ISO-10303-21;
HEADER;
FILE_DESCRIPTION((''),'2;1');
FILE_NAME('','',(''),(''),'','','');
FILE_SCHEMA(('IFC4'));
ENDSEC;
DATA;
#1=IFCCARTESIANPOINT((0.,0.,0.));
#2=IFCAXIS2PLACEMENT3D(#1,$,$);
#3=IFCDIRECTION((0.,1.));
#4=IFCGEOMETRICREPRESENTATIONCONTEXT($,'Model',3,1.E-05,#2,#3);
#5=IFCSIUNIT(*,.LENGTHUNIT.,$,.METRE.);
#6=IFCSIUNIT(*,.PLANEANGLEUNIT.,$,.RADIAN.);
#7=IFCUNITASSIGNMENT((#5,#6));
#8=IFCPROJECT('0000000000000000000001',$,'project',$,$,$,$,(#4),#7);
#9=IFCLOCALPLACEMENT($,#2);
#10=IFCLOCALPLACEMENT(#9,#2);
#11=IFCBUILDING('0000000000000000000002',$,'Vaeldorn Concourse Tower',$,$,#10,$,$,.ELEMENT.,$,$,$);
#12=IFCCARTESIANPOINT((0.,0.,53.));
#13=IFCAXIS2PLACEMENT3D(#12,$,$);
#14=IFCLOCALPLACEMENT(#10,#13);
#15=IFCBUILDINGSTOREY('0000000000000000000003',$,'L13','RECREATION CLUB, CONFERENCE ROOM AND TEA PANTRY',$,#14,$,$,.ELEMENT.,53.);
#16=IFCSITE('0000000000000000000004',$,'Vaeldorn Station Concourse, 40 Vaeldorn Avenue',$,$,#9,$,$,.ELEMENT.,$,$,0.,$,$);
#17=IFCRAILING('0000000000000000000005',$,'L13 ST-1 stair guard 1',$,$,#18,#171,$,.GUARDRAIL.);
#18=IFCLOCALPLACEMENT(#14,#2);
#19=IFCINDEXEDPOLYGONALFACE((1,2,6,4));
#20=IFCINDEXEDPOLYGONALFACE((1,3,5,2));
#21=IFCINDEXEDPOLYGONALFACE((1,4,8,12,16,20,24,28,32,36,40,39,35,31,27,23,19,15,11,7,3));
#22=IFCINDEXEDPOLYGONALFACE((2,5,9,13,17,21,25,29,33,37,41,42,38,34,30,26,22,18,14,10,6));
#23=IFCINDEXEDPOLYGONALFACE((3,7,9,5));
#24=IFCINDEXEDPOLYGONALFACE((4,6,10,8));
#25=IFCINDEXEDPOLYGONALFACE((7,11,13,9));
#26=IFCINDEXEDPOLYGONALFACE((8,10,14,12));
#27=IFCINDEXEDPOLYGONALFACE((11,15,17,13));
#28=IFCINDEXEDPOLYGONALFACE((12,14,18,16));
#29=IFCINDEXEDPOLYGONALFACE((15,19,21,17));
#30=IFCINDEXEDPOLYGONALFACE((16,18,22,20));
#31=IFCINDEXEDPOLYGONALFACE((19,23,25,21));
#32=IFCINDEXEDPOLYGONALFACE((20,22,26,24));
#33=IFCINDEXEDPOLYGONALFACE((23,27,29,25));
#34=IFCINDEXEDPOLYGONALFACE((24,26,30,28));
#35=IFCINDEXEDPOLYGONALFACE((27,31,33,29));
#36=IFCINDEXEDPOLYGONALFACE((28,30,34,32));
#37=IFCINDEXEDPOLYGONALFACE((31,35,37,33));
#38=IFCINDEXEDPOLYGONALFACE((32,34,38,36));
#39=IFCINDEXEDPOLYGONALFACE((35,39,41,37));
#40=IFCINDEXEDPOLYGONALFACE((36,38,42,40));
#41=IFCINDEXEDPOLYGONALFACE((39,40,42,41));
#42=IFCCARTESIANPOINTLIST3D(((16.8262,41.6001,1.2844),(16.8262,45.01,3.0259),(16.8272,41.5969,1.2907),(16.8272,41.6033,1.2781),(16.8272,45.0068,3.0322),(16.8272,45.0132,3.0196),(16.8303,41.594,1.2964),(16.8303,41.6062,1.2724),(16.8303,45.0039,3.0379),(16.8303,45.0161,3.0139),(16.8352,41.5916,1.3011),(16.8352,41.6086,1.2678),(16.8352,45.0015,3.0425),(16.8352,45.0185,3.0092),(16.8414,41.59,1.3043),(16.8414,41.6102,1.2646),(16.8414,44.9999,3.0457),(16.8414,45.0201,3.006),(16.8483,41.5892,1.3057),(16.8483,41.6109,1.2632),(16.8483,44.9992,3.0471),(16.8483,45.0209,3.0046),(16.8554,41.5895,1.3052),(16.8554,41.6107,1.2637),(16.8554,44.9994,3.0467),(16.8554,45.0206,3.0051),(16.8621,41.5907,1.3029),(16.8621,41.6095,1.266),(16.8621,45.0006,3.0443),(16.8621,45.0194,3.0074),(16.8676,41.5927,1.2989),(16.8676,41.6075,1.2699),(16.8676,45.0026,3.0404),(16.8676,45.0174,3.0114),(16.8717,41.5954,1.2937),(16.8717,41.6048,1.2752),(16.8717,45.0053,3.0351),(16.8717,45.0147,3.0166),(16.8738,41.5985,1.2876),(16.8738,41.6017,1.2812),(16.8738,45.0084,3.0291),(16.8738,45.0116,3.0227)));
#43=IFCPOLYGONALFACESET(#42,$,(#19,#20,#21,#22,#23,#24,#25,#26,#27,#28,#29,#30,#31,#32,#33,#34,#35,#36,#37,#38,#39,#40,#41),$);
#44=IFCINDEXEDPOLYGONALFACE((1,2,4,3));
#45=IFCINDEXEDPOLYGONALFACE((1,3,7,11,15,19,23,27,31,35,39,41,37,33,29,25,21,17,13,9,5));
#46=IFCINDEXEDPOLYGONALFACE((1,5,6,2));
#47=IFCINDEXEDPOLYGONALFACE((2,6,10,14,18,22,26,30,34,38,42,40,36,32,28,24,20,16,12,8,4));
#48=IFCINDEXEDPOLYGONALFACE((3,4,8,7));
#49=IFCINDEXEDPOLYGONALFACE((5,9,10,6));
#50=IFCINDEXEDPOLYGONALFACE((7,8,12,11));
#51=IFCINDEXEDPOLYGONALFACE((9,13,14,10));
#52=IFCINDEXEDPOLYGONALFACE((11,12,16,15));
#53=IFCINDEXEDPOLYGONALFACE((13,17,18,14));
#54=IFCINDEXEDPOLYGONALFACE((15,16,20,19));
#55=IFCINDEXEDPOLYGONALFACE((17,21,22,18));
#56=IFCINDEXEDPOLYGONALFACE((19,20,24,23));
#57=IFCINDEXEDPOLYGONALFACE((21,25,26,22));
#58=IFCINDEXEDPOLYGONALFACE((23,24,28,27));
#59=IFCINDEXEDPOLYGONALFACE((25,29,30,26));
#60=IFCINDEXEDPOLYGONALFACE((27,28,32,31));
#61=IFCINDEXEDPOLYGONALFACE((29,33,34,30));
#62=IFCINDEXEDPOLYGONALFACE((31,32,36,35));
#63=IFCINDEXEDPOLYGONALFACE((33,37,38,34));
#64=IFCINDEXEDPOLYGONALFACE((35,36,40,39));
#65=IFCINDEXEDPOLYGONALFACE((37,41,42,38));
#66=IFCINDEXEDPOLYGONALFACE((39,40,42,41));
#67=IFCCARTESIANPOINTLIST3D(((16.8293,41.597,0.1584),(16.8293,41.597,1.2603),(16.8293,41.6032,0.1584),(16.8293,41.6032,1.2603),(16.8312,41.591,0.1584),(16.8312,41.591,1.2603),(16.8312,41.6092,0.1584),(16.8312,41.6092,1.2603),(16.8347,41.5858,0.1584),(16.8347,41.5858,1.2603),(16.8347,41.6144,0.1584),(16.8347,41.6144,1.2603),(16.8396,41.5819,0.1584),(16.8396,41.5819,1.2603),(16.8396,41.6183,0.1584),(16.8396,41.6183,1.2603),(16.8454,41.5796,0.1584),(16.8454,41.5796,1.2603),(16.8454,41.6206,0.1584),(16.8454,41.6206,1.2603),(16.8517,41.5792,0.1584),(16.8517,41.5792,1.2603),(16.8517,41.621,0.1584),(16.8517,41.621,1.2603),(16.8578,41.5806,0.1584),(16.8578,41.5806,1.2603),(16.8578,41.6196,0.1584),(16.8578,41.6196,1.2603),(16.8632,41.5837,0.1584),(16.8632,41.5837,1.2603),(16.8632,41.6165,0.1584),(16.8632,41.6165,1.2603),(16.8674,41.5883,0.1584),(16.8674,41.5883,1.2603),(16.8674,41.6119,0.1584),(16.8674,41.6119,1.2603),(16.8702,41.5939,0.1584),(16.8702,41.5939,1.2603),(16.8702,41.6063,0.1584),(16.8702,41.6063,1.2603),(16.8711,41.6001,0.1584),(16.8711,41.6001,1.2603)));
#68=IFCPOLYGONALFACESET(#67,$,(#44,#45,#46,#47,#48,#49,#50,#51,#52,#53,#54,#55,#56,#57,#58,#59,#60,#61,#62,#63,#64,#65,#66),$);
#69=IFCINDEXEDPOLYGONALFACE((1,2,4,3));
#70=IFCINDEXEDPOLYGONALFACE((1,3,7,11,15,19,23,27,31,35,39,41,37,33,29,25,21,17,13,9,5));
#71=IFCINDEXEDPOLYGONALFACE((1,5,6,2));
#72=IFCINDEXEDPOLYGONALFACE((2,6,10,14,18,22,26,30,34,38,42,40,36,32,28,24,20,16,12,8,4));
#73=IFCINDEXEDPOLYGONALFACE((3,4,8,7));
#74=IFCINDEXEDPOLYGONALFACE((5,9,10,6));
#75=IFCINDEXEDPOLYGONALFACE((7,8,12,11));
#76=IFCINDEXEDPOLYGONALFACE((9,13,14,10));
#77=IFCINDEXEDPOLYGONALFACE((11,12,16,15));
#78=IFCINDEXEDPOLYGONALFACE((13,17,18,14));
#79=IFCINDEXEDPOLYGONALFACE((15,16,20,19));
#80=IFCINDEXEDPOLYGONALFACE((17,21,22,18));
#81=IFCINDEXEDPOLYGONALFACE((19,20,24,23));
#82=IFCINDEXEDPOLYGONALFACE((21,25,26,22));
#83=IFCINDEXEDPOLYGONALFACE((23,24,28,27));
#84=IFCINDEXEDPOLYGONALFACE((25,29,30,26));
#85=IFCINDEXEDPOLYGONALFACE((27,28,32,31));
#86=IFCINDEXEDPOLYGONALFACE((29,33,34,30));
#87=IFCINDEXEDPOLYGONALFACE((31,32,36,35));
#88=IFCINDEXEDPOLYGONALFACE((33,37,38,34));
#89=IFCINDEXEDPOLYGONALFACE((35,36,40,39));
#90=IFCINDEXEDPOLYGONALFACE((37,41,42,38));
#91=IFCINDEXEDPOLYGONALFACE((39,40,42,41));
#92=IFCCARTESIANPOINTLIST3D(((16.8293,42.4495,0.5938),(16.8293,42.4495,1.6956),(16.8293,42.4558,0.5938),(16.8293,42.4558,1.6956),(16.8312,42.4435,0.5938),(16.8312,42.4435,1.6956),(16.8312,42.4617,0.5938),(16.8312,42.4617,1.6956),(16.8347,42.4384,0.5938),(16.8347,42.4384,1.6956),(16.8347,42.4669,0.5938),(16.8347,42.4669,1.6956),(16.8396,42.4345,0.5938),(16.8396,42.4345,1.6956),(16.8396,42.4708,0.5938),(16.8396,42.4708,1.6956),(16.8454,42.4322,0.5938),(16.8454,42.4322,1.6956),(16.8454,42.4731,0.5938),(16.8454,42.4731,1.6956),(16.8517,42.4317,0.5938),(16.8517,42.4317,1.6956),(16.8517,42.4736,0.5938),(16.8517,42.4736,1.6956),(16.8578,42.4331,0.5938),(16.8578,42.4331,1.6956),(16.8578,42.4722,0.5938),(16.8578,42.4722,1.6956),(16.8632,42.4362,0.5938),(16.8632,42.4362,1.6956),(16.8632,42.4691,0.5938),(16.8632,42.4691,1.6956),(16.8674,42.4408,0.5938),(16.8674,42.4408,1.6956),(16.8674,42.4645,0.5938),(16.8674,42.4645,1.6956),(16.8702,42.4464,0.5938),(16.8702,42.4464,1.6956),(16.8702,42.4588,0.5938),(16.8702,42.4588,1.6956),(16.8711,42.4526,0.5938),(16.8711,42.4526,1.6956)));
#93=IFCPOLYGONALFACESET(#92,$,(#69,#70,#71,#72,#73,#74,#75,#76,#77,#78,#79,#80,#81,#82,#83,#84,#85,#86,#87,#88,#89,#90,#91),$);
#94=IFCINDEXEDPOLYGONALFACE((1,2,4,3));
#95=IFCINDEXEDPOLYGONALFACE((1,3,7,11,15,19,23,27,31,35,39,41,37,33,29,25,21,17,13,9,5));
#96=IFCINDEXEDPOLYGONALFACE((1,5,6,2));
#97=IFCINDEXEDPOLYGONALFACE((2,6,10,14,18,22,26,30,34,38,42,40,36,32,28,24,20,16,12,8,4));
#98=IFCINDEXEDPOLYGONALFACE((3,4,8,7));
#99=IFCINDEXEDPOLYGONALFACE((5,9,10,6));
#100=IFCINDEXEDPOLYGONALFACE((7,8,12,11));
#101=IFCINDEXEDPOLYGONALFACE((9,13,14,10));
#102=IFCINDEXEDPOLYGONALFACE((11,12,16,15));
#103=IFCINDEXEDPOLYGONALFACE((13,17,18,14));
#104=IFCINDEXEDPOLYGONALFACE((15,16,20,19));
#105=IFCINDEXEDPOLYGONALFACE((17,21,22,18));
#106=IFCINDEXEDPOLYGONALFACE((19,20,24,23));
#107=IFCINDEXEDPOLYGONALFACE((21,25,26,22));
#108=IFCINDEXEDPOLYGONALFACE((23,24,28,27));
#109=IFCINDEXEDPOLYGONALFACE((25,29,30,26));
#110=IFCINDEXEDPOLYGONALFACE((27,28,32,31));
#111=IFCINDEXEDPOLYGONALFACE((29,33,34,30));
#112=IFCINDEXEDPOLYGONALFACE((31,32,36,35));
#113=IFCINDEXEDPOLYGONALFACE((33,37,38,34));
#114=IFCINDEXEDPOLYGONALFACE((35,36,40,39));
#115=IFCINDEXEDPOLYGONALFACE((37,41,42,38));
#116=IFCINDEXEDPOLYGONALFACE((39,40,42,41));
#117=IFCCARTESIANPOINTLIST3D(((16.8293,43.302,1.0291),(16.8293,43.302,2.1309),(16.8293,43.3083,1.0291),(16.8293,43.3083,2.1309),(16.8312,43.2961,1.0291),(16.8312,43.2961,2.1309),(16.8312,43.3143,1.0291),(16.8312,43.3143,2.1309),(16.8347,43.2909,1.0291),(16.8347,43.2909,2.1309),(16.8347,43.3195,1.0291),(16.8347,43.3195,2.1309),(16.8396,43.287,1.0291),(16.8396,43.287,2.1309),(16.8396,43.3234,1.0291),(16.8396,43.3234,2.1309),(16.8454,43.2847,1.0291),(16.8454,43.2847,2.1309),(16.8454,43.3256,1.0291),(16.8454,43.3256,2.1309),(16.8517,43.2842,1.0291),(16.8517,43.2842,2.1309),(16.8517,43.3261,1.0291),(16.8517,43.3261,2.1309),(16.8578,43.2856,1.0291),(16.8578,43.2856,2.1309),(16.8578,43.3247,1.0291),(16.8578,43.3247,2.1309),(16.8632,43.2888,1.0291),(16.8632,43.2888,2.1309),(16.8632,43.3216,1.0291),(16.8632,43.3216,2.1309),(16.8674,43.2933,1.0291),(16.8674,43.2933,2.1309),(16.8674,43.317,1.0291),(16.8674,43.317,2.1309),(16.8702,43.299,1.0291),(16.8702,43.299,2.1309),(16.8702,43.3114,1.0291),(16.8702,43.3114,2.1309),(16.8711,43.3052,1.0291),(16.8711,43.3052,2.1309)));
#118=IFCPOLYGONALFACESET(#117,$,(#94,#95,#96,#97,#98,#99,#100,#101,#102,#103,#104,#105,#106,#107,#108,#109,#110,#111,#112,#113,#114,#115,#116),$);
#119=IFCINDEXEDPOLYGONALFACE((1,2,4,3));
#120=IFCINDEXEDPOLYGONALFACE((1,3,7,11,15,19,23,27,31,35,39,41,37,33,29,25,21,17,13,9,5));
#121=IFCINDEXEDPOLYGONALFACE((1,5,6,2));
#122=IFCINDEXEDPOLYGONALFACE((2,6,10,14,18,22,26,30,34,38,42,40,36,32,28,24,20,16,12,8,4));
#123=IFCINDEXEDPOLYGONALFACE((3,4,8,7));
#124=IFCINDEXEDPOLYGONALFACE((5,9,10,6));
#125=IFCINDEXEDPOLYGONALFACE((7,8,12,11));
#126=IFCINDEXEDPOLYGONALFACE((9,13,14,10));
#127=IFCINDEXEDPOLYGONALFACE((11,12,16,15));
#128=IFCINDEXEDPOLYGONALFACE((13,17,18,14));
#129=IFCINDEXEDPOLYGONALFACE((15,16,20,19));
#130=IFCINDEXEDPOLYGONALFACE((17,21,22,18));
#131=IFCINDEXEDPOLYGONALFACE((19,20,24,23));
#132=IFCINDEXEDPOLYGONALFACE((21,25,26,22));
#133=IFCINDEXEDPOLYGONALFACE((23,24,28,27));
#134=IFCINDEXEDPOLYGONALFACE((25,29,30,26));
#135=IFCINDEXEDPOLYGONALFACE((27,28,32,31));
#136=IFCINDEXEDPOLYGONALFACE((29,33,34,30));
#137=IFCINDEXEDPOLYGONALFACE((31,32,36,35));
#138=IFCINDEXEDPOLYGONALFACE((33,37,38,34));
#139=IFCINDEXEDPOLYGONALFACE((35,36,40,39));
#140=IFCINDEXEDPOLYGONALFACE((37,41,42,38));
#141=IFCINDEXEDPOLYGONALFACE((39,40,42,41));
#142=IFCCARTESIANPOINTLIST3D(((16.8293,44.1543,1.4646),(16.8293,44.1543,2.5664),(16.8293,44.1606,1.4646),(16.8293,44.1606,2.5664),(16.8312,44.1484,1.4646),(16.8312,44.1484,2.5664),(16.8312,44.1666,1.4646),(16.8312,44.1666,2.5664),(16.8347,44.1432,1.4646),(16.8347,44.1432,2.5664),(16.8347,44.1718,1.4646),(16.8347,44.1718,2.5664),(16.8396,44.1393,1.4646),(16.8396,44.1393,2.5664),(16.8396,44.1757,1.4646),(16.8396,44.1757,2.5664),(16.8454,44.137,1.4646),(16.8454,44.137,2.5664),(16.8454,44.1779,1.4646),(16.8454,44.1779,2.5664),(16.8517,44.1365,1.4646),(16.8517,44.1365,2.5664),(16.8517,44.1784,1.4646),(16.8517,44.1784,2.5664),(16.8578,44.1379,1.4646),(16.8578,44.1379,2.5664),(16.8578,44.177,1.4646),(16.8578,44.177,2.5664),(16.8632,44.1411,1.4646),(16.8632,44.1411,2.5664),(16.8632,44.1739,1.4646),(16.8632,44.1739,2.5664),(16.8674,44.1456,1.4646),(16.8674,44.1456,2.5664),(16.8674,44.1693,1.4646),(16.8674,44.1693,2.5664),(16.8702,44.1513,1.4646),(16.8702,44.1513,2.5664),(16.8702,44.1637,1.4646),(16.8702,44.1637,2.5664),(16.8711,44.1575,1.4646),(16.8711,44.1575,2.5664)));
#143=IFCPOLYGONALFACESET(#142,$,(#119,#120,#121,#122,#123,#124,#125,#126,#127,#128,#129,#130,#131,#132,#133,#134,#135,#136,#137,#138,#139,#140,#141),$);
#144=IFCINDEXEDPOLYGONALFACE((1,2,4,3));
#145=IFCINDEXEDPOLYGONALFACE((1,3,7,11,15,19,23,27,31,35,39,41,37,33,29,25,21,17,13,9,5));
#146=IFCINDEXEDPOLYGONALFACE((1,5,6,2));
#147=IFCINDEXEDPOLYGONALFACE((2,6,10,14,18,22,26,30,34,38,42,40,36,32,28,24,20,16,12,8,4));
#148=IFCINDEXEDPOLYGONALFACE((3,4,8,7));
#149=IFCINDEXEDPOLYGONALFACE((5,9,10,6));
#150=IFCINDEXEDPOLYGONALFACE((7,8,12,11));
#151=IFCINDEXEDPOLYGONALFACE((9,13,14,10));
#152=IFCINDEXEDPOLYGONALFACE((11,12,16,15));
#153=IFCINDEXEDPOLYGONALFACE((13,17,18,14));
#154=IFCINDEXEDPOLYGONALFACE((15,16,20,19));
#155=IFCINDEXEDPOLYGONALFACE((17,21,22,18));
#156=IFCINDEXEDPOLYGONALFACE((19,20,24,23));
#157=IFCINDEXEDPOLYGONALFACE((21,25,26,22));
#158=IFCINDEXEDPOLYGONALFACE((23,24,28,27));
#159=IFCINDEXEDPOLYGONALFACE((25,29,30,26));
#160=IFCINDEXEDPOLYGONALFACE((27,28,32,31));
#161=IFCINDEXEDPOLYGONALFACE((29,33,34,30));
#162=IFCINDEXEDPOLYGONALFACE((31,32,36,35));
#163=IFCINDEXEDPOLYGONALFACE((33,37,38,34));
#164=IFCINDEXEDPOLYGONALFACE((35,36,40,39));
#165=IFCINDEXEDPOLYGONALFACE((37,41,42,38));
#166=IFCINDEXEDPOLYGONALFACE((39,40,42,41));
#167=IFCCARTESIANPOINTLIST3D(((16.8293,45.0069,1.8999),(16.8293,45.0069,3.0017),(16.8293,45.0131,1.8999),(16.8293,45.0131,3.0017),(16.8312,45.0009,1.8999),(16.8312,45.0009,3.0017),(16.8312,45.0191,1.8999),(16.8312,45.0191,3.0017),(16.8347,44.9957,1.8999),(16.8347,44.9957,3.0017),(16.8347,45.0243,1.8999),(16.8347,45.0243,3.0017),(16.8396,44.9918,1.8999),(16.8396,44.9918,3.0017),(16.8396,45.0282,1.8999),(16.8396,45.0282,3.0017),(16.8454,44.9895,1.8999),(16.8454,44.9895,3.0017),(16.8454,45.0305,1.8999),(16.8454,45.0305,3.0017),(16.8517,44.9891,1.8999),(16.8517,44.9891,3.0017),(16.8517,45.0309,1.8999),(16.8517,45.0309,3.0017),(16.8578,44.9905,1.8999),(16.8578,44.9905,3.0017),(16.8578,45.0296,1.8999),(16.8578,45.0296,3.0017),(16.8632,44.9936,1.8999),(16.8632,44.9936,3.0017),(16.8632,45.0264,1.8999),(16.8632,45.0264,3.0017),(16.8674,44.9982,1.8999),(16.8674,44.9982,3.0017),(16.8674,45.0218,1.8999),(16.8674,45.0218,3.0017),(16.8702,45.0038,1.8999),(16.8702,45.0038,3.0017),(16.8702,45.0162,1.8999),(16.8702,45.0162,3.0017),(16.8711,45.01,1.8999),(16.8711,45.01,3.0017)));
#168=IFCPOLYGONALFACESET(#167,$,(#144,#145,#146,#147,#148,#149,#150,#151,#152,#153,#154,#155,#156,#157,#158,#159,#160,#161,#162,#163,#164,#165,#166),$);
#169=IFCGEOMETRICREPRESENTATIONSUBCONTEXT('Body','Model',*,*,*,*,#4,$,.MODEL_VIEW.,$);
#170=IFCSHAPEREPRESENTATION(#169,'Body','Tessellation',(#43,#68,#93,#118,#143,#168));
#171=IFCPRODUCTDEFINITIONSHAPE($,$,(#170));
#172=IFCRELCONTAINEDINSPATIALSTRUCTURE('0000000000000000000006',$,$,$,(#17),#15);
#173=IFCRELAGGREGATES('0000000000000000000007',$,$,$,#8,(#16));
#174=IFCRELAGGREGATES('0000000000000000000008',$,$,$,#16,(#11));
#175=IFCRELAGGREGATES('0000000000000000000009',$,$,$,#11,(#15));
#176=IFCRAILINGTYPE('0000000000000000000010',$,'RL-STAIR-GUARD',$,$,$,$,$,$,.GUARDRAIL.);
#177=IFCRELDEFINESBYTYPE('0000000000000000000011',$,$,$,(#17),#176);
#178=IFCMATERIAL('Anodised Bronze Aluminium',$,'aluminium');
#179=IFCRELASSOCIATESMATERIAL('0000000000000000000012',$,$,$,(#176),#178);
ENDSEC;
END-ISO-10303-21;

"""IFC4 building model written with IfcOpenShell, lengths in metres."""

from ifc_helpers import new_model, si_unit, direction, frame, origin, origin_2d, place, context, subcontext, project, spatial, circle, extrude, material, type_object, element, save


model = new_model("IFC4")

# Units and contexts
model_context = context("Model", 3, precision=1e-05, world=origin(), true_north=direction((0.0, 1.0)))
body_context = subcontext(model_context, "Body", "Model", "MODEL_VIEW")
ifc_project = project(units=[si_unit("LENGTHUNIT", "METRE"), si_unit("PLANEANGLEUNIT", "RADIAN")], contexts=[model_context])

# Site, building, storey
site_placement = place(None, origin())
site = spatial("IfcSite", under=ifc_project, at=site_placement, Name="Vaeldorn Station Concourse, 40 Vaeldorn Avenue", CompositionType="ELEMENT", RefElevation=0.0)
building_placement = place(site_placement, origin())
building = spatial("IfcBuilding", under=site, at=building_placement, Name="Vaeldorn Concourse Tower", CompositionType="ELEMENT")
storey_placement = place(building_placement, frame((0.0, 0.0, 53.0)))
storey = spatial("IfcBuildingStorey", under=building, at=storey_placement, Name="L13", Description="RECREATION CLUB, CONFERENCE ROOM AND TEA PANTRY", CompositionType="ELEMENT", Elevation=53.0)

# Shared definitions
ifc_material_1 = material(Name="Anodised Bronze Aluminium", Category="aluminium")

# Railing
railing_type_1 = type_object("IfcRailingType", Name="RL-STAIR-GUARD", PredefinedType="GUARDRAIL", material=ifc_material_1)
railing_1_placement = place(storey_placement, frame((16.8501, 41.6001, 0.1584)))
element("IfcRailing", 1, at=railing_1_placement, inside=storey, type_object=railing_type_1, Name="L13 ST-1 stair guard 1", PredefinedType="GUARDRAIL", context=body_context, shape_type="SweptSolid", body=[
    extrude(circle(Radius=0.0239, at=origin_2d()), frame((0.0, 0.0, 1.126), z_axis=(0.0, 0.890582, 0.454823), x_axis=(-1.0, 0.0, 0.0)), (0.0, 0.0, 1.0), 3.8289),
    extrude(circle(Radius=0.021, at=origin_2d()), origin(), (0.0, 0.0, 1.0), 1.1018),
    extrude(circle(Radius=0.021, at=origin_2d()), frame((0.0, 0.8525, 0.4353)), (0.0, 0.0, 1.0), 1.1018),
    extrude(circle(Radius=0.021, at=origin_2d()), frame((0.0, 1.7051, 0.8706)), (0.0, 0.0, 1.0), 1.1018),
    extrude(circle(Radius=0.021, at=origin_2d()), frame((0.0, 2.5574, 1.3062)), (0.0, 0.0, 1.0), 1.1018),
    extrude(circle(Radius=0.021, at=origin_2d()), frame((0.0, 3.4099, 1.7415)), (0.0, 0.0, 1.0), 1.1018),
])

save(model, "model.ifc")
